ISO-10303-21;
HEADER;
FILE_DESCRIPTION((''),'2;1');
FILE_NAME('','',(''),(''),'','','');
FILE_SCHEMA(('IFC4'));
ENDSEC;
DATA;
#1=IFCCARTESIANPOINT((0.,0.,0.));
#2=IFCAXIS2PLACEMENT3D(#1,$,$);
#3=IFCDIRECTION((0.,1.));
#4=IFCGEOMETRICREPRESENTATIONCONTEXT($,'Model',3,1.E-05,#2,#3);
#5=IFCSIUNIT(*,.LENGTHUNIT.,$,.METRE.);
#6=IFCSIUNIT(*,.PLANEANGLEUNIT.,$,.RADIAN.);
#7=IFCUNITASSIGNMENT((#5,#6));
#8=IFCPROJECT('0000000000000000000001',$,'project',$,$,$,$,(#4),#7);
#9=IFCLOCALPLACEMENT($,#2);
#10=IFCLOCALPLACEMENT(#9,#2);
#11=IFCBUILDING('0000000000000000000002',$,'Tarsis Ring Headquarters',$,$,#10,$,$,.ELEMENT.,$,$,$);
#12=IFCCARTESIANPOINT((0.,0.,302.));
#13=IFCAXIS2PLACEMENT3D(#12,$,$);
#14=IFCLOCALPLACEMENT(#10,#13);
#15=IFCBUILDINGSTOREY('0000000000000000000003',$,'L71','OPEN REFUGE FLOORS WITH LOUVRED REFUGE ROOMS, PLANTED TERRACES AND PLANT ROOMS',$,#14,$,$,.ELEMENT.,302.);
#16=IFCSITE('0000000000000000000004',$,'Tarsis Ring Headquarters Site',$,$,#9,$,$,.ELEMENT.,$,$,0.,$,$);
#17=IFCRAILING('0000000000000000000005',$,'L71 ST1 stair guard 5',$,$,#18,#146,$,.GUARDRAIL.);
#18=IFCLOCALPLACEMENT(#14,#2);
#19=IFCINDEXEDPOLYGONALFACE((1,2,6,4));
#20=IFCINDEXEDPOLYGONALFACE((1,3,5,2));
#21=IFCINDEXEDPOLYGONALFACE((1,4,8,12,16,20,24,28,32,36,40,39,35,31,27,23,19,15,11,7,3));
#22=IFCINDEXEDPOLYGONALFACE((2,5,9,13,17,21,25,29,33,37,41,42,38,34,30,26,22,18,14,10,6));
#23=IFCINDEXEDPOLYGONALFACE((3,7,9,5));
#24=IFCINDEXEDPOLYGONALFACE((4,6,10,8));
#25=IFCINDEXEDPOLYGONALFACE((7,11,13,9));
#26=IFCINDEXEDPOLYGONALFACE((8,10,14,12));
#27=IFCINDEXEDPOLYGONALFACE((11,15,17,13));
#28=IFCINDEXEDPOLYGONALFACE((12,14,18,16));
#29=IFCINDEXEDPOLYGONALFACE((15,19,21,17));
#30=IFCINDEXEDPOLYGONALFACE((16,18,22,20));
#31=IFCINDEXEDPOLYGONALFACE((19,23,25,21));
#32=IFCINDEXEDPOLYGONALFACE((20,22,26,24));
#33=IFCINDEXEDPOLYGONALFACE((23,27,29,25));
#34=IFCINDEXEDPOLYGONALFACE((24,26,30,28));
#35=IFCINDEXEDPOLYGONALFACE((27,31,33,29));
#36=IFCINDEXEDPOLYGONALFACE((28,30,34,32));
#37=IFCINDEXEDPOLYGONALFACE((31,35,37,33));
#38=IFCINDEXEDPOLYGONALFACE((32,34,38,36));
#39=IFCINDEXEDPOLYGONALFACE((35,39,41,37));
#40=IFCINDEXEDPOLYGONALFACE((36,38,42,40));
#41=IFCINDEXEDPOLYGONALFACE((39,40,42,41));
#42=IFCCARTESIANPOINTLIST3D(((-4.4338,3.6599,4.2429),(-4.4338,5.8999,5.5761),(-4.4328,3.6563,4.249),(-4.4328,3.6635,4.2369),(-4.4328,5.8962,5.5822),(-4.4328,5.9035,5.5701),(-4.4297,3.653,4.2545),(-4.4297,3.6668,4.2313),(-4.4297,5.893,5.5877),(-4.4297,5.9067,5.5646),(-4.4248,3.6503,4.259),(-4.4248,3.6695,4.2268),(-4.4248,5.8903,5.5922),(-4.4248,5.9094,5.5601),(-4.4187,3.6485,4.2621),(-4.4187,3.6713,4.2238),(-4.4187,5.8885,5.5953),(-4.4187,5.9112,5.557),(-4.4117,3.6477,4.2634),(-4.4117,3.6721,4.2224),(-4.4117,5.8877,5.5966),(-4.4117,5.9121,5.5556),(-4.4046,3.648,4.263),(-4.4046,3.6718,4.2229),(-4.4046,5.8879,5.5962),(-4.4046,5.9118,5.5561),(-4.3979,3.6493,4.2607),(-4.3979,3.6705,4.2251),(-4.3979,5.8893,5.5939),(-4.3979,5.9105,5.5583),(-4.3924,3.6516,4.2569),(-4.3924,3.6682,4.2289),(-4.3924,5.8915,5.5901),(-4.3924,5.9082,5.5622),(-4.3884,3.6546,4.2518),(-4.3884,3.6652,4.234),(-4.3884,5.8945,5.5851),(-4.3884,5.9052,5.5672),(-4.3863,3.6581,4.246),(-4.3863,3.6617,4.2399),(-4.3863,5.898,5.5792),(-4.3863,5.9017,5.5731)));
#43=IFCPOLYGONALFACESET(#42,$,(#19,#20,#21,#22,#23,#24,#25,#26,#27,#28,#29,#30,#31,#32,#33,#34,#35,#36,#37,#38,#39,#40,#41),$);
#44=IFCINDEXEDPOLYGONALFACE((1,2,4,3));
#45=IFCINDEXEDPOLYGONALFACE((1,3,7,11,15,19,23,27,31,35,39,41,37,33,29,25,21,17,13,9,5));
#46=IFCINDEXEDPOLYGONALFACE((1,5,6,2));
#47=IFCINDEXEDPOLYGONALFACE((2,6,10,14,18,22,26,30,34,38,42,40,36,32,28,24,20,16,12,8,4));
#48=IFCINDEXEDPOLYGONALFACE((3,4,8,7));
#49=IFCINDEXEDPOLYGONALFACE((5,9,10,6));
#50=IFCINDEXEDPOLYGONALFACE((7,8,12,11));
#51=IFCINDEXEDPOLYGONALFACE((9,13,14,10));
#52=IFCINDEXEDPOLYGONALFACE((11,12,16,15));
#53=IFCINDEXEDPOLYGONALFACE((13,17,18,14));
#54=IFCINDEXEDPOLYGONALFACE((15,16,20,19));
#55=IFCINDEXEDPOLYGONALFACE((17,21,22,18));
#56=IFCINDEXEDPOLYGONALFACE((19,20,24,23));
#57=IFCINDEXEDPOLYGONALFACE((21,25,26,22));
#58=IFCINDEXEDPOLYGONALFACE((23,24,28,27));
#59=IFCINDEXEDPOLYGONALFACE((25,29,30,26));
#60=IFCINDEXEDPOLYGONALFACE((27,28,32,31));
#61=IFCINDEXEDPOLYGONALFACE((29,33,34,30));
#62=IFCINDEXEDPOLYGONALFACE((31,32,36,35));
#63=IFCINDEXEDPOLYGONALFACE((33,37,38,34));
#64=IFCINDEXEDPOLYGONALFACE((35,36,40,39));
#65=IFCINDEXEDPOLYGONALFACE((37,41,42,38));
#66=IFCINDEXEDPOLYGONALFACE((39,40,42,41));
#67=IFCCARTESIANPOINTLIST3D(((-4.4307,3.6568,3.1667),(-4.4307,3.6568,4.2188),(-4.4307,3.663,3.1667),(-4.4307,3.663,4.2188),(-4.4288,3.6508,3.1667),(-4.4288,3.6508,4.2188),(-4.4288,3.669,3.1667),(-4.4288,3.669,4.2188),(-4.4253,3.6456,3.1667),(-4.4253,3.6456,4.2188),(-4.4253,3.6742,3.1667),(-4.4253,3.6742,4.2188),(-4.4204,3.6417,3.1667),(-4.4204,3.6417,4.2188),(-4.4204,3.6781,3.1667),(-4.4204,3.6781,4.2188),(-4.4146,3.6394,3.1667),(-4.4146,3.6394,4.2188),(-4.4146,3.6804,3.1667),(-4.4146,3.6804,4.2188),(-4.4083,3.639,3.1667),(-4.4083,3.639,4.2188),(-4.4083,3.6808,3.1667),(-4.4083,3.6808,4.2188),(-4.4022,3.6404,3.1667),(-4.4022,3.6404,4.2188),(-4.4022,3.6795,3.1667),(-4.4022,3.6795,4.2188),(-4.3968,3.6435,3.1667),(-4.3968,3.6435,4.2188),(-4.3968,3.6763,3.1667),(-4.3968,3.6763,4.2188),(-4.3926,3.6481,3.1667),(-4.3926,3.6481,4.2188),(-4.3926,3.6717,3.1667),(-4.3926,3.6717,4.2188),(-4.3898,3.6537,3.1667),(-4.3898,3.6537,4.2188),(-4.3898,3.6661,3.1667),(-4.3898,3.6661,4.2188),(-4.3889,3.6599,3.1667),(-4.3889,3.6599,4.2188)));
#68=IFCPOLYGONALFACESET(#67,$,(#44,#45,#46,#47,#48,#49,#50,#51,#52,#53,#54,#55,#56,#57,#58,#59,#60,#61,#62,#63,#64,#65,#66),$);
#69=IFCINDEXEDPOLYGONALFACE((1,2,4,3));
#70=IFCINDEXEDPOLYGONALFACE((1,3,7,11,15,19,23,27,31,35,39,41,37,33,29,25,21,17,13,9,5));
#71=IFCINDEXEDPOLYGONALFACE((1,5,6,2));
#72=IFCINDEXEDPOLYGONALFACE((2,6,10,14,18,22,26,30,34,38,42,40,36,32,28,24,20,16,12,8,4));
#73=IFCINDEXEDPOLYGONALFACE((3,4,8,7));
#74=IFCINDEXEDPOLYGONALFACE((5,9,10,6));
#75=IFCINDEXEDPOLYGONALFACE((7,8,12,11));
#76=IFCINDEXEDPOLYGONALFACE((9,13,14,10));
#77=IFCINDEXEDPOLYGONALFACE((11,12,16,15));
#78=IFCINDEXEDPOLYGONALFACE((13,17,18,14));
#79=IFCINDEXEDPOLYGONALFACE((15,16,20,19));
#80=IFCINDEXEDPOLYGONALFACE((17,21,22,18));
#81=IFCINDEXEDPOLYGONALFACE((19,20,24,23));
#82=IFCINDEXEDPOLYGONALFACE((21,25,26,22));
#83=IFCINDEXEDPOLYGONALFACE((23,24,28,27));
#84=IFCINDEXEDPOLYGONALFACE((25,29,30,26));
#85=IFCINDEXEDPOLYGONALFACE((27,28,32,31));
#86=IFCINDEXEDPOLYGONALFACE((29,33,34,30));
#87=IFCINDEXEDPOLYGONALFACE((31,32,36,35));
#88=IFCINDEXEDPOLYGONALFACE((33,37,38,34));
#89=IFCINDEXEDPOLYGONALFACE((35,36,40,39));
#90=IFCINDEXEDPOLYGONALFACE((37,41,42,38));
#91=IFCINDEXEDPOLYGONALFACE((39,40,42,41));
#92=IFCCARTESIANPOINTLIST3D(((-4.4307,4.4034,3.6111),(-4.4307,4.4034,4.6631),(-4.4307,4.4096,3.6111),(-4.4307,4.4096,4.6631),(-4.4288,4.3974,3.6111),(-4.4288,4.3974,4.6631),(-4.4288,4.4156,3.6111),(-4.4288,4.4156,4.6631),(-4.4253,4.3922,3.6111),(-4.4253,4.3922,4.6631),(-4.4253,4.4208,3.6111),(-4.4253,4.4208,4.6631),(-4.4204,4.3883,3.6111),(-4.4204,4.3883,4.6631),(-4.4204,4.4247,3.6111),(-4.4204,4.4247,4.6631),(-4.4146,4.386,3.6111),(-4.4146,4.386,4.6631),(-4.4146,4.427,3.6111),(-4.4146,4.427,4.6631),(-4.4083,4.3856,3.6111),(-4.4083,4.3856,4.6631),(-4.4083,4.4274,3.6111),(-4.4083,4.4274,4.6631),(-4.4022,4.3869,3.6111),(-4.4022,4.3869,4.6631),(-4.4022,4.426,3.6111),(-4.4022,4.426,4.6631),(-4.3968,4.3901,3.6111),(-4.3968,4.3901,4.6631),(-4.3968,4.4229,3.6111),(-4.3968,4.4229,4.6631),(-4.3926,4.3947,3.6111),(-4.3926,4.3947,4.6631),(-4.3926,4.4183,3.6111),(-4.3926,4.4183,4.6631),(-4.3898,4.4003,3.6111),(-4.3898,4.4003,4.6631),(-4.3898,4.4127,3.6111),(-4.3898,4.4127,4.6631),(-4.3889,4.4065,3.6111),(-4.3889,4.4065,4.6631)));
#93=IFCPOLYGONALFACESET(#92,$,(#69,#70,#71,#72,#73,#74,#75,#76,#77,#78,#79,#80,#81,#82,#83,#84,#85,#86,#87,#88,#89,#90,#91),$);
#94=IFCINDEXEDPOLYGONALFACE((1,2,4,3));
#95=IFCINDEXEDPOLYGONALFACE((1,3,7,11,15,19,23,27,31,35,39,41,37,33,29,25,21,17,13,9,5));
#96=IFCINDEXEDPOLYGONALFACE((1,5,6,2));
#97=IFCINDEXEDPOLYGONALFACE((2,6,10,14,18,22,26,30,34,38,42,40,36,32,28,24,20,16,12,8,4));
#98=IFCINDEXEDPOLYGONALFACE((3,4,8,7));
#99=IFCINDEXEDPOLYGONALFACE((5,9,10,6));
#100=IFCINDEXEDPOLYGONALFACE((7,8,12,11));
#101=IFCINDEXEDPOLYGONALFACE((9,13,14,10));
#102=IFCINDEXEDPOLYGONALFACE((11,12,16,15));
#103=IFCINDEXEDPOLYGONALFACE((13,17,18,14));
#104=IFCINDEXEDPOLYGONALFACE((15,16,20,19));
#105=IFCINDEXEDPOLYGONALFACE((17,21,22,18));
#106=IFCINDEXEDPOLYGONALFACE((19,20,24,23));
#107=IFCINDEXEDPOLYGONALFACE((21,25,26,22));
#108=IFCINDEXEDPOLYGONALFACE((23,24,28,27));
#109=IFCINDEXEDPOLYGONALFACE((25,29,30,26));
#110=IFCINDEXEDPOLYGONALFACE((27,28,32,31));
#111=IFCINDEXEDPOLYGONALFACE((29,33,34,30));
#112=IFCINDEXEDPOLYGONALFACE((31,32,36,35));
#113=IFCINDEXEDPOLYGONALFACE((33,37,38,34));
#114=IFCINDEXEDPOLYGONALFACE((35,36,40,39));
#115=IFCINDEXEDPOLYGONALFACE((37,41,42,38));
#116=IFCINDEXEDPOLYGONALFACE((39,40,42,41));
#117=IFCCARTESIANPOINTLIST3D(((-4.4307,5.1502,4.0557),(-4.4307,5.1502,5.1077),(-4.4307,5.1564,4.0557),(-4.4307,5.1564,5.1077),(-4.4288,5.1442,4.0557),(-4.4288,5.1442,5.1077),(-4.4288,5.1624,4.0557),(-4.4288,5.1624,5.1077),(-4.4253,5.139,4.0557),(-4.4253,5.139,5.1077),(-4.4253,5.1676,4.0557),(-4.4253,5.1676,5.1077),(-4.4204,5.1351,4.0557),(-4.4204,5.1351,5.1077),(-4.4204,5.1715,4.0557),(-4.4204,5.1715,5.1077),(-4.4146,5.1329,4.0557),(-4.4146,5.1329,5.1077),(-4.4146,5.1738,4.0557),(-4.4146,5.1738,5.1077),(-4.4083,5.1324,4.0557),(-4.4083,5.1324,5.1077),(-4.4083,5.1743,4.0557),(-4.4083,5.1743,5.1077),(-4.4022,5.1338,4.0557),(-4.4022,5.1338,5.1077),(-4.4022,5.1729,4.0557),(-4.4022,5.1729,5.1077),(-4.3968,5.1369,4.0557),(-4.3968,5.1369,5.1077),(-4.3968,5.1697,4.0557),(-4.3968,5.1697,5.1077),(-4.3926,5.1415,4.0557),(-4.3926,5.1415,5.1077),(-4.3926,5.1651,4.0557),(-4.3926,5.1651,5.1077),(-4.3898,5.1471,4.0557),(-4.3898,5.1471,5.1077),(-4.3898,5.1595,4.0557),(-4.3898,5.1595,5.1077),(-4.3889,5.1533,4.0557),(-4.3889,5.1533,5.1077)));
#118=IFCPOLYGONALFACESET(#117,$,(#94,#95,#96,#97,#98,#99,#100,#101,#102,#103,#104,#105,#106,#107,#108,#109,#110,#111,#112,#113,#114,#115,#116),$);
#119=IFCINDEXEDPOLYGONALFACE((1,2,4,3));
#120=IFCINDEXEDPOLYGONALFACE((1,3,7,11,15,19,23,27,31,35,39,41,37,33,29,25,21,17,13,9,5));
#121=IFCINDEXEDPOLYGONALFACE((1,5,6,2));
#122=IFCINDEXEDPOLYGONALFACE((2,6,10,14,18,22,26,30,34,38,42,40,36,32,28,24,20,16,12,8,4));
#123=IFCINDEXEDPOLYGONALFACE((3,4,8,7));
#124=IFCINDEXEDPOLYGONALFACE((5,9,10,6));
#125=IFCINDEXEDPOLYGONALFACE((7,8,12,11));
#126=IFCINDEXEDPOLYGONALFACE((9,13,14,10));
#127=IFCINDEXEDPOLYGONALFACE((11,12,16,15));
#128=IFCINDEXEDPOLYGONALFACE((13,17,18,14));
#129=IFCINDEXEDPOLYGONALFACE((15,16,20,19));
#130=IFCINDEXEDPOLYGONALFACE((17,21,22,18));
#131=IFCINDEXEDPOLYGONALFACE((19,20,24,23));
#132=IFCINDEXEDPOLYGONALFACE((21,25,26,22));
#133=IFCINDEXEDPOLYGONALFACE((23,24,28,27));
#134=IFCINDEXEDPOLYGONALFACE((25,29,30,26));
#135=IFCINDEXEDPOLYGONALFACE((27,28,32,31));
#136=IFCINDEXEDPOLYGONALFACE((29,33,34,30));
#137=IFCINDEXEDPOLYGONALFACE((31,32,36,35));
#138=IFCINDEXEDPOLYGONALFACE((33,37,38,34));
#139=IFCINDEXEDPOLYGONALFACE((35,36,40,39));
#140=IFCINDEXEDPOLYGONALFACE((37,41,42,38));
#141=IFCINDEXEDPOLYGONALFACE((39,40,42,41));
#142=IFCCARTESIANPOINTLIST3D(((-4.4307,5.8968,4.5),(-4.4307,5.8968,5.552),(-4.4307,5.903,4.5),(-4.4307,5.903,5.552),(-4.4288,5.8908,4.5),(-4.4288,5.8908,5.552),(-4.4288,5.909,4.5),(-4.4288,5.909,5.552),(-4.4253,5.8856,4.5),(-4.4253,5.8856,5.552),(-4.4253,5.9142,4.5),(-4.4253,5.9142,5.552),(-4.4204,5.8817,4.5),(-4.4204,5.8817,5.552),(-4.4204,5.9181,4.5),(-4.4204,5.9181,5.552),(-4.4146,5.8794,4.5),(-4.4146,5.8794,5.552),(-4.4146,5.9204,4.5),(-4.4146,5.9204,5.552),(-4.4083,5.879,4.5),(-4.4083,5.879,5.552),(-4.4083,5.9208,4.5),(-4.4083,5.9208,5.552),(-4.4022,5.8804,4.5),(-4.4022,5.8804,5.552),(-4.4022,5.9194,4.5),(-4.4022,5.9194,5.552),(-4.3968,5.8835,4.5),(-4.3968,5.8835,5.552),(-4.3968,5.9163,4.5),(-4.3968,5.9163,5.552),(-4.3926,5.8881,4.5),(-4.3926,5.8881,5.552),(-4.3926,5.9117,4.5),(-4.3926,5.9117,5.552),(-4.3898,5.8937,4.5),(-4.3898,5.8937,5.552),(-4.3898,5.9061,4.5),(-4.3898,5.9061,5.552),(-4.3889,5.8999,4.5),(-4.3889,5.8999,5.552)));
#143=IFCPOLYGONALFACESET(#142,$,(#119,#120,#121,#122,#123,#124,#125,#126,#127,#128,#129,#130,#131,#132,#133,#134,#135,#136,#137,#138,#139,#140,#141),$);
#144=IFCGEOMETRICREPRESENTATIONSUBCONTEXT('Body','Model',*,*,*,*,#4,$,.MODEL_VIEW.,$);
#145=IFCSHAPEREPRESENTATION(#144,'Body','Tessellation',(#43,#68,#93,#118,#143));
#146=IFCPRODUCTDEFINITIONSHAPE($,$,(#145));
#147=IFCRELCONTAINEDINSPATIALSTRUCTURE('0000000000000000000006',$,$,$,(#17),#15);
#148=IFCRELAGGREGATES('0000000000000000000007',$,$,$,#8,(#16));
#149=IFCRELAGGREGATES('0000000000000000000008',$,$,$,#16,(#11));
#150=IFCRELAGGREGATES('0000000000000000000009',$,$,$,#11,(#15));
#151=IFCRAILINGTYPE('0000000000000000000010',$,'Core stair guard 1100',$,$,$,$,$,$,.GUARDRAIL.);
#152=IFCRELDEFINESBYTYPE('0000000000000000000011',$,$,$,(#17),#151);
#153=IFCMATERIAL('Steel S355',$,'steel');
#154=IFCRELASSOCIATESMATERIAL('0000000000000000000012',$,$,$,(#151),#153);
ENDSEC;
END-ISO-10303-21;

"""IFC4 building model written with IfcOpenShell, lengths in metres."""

from ifc_helpers import new_model, si_unit, direction, frame, origin, origin_2d, place, context, subcontext, project, spatial, circle, extrude, material, type_object, element, save


model = new_model("IFC4")

# Units and contexts
model_context = context("Model", 3, precision=1e-05, world=origin(), true_north=direction((0.0, 1.0)))
body_context = subcontext(model_context, "Body", "Model", "MODEL_VIEW")
ifc_project = project(units=[si_unit("LENGTHUNIT", "METRE"), si_unit("PLANEANGLEUNIT", "RADIAN")], contexts=[model_context])

# Site, building, storey
site_placement = place(None, origin())
site = spatial("IfcSite", under=ifc_project, at=site_placement, Name="Tarsis Ring Headquarters Site", CompositionType="ELEMENT", RefElevation=0.0)
building_placement = place(site_placement, origin())
building = spatial("IfcBuilding", under=site, at=building_placement, Name="Tarsis Ring Headquarters", CompositionType="ELEMENT")
storey_placement = place(building_placement, frame((0.0, 0.0, 302.0)))
storey = spatial("IfcBuildingStorey", under=building, at=storey_placement, Name="L71", Description="OPEN REFUGE FLOORS WITH LOUVRED REFUGE ROOMS, PLANTED TERRACES AND PLANT ROOMS", CompositionType="ELEMENT", Elevation=302.0)

# Shared definitions
ifc_material_1 = material(Name="Steel S355", Category="steel")

# Railing
railing_type_1 = type_object("IfcRailingType", Name="Core stair guard 1100", PredefinedType="GUARDRAIL", material=ifc_material_1)
railing_1_placement = place(storey_placement, frame((-4.4099, 3.6599, 3.1667)))
element("IfcRailing", 1, at=railing_1_placement, inside=storey, type_object=railing_type_1, Name="L71 ST1 stair guard 5", PredefinedType="GUARDRAIL", context=body_context, shape_type="SweptSolid", body=[
    extrude(circle(Radius=0.0239, at=origin_2d()), frame((0.0, 0.0, 1.0762), z_axis=(0.0, 0.859306, 0.511462), x_axis=(-1.0, 0.0, 0.0)), (0.0, 0.0, 1.0), 2.6067),
    extrude(circle(Radius=0.021, at=origin_2d()), origin(), (0.0, 0.0, 1.0), 1.052),
    extrude(circle(Radius=0.021, at=origin_2d()), frame((0.0, 0.7466, 0.4443)), (0.0, 0.0, 1.0), 1.052),
    extrude(circle(Radius=0.021, at=origin_2d()), frame((0.0, 1.4934, 0.8889)), (0.0, 0.0, 1.0), 1.052),
    extrude(circle(Radius=0.021, at=origin_2d()), frame((0.0, 2.24, 1.3333)), (0.0, 0.0, 1.0), 1.052),
])

save(model, "model.ifc")
